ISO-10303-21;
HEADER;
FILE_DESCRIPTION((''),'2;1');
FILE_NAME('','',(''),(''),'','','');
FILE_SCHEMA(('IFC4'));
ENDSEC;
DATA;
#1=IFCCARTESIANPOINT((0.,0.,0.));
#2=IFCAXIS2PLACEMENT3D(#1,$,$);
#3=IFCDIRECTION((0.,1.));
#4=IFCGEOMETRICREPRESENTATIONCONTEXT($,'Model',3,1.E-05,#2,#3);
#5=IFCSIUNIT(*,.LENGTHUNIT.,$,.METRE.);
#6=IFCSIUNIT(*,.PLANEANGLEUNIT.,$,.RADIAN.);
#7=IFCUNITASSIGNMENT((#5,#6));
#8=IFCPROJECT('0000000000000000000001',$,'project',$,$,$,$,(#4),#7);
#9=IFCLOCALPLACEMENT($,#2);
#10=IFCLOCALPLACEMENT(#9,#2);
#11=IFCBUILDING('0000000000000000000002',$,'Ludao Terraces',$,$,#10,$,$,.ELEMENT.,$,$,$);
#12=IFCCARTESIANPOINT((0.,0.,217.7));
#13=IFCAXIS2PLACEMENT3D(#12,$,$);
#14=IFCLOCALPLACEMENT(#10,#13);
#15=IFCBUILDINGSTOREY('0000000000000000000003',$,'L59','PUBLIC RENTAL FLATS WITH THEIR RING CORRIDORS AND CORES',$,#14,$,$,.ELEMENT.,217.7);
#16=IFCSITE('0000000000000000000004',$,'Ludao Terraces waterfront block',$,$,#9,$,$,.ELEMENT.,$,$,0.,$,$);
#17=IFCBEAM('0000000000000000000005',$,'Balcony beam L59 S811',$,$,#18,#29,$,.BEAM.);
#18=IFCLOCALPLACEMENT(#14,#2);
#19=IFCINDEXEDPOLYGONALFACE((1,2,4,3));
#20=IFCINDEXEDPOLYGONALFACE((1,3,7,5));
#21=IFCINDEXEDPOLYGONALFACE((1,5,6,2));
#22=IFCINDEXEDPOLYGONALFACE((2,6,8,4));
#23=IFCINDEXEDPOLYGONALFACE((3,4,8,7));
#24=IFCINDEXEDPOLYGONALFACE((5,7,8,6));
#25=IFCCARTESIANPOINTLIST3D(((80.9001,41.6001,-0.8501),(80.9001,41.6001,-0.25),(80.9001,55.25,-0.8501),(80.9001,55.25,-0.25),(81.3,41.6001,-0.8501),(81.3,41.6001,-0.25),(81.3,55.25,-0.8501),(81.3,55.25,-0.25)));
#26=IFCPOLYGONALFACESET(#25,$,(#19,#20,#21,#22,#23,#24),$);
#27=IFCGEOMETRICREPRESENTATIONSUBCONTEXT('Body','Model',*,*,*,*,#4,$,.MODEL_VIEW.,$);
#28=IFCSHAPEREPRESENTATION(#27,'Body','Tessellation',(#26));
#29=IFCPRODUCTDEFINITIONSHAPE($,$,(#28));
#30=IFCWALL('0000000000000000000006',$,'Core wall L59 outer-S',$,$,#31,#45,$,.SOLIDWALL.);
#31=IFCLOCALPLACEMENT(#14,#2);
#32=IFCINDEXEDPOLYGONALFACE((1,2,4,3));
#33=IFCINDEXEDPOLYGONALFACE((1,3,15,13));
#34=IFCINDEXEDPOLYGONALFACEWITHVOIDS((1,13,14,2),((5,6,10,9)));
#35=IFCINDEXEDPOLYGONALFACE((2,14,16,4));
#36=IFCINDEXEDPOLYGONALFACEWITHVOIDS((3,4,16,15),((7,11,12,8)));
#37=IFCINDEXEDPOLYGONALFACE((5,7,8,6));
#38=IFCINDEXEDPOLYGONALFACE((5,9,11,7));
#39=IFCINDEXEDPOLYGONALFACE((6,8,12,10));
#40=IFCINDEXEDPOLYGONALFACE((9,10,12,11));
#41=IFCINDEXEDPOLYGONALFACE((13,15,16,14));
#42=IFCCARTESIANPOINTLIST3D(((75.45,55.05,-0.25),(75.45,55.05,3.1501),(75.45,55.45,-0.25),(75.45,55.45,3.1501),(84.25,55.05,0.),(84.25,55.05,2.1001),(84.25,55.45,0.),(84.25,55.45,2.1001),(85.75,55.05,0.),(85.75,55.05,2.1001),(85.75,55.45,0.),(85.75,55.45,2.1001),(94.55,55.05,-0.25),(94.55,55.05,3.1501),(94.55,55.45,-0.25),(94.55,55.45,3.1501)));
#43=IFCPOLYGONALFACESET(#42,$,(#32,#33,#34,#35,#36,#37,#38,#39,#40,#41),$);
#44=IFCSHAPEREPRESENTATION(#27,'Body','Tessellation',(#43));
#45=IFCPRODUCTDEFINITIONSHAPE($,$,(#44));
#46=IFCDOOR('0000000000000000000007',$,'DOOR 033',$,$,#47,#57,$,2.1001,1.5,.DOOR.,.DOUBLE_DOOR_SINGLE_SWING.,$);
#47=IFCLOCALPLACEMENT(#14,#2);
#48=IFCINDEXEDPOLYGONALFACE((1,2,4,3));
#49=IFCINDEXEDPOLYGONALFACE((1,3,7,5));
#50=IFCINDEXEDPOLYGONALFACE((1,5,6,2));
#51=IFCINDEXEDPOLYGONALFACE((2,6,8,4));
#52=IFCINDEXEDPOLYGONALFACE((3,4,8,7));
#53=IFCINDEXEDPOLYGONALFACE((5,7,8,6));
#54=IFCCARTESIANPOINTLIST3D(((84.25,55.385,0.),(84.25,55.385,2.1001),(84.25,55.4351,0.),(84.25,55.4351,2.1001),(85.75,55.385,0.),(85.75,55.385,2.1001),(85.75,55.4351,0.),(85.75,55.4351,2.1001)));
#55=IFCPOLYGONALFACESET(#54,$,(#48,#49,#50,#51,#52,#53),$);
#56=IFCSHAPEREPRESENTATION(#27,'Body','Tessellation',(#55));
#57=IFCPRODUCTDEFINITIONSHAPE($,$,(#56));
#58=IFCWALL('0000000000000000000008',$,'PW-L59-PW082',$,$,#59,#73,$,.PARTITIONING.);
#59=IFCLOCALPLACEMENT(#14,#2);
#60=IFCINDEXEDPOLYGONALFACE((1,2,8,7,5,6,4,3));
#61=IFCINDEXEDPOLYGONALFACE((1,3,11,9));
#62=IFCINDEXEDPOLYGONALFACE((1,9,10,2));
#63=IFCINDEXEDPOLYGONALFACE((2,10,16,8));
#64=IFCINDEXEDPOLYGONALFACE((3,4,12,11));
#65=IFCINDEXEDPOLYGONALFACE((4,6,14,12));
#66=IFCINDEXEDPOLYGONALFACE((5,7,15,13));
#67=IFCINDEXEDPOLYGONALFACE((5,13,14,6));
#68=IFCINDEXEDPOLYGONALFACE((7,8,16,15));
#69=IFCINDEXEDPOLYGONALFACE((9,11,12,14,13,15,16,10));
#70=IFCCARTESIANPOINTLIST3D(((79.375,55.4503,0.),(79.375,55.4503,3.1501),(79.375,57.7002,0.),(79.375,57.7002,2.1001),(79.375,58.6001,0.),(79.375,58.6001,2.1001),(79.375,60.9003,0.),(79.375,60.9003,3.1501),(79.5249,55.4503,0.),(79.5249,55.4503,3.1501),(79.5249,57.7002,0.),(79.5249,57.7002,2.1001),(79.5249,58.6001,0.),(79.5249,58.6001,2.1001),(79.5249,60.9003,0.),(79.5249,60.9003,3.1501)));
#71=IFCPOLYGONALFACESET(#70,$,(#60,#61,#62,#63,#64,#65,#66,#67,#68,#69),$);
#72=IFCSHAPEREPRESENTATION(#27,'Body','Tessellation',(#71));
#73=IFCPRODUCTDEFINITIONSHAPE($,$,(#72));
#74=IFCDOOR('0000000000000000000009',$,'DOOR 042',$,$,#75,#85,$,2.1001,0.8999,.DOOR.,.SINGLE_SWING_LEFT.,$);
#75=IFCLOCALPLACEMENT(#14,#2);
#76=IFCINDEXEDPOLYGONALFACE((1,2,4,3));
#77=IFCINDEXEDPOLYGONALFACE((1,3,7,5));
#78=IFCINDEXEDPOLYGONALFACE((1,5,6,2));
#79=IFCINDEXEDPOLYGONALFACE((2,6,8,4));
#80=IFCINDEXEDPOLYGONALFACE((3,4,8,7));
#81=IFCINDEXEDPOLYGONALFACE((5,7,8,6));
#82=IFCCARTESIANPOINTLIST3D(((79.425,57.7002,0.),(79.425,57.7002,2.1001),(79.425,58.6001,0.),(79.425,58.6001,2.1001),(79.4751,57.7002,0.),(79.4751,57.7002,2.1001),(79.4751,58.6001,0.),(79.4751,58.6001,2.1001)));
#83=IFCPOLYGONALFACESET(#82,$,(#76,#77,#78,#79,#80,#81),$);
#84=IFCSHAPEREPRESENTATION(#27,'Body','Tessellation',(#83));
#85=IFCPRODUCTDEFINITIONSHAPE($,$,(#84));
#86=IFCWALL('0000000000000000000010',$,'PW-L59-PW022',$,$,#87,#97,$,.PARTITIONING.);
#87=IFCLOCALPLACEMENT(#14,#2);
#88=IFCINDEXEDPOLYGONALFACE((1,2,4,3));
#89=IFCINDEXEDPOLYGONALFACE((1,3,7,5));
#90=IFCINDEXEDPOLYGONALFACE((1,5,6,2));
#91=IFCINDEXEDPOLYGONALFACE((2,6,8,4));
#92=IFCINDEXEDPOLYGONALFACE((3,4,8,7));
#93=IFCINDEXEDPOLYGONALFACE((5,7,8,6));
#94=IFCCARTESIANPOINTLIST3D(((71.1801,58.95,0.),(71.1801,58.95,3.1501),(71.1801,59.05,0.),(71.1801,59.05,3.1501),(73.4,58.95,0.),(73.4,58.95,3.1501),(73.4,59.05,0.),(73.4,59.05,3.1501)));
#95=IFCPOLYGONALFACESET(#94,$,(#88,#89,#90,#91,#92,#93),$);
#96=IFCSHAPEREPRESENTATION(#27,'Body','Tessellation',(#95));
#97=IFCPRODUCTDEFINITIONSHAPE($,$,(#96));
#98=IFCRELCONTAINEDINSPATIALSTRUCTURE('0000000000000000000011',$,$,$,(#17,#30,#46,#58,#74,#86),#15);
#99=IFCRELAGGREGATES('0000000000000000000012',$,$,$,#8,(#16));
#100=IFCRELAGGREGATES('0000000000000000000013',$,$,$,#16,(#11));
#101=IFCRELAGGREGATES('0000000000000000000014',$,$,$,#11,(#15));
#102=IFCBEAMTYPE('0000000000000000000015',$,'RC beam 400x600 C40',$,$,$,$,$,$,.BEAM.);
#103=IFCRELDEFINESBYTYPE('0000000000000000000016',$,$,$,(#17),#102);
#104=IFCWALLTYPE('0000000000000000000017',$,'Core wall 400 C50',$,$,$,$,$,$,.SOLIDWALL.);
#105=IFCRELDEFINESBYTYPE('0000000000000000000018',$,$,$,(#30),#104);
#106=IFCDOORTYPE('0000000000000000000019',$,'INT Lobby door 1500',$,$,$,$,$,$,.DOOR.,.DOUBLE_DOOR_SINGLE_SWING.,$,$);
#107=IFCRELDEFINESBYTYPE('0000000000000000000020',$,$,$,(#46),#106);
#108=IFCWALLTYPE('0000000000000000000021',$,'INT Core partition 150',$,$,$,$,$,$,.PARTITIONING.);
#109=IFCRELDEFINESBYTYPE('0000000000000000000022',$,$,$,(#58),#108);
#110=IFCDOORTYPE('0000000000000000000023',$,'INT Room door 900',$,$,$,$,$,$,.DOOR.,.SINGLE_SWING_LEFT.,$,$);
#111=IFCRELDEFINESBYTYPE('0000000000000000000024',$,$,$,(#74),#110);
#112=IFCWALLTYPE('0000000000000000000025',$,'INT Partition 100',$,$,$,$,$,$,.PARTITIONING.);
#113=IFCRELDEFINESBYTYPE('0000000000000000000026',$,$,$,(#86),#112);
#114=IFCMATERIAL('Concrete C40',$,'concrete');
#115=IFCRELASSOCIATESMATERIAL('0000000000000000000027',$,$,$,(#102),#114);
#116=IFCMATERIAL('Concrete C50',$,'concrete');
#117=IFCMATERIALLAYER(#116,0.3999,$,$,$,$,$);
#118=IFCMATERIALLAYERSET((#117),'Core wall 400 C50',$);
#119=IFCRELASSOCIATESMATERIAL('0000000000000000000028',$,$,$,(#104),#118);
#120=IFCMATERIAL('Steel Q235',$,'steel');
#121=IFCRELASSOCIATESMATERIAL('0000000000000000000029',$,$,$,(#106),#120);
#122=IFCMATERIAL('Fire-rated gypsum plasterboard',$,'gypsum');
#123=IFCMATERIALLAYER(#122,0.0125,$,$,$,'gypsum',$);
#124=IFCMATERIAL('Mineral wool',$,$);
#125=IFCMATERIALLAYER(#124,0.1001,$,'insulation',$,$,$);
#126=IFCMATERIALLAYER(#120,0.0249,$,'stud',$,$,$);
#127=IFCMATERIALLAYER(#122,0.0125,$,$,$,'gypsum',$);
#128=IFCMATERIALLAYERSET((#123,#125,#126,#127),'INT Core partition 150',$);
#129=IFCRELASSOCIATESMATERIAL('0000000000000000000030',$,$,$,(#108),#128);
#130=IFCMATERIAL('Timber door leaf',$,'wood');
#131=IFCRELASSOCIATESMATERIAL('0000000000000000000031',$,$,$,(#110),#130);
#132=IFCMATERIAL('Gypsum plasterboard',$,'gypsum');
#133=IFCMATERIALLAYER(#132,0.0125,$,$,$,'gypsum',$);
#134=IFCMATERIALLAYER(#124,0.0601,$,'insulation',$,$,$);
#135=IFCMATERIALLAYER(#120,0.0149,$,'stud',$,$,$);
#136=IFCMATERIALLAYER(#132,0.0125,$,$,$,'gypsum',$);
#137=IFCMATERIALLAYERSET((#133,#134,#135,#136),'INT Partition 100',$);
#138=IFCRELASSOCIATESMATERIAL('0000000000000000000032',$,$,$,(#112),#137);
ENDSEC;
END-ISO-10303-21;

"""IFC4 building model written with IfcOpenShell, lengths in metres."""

from ifc_helpers import new_model, si_unit, direction, frame, frame_2d, origin, origin_2d, place, context, subcontext, project, spatial, rectangle, extrude, material, layer, layer_set, material_profile, profile_set, type_object, element, fill, save


model = new_model("IFC4")

# Units and contexts
model_context = context("Model", 3, precision=1e-05, world=origin(), true_north=direction((0.0, 1.0)))
body_context = subcontext(model_context, "Body", "Model", "MODEL_VIEW")
ifc_project = project(units=[si_unit("LENGTHUNIT", "METRE"), si_unit("PLANEANGLEUNIT", "RADIAN")], contexts=[model_context])

# Site, building, storey
site_placement = place(None, origin())
site = spatial("IfcSite", under=ifc_project, at=site_placement, Name="Ludao Terraces waterfront block", CompositionType="ELEMENT", RefElevation=0.0)
building_placement = place(site_placement, origin())
building = spatial("IfcBuilding", under=site, at=building_placement, Name="Ludao Terraces", CompositionType="ELEMENT")
storey_placement = place(building_placement, frame((0.0, 0.0, 217.7)))
storey = spatial("IfcBuildingStorey", under=building, at=storey_placement, Name="L59", Description="PUBLIC RENTAL FLATS WITH THEIR RING CORRIDORS AND CORES", CompositionType="ELEMENT", Elevation=217.7)

# Beam
ifc_material_1 = material(Name="Concrete C40", Category="concrete")
ifc_material_profile = material_profile(ifc_material_1, rectangle(XDim=0.3999, YDim=0.6001, at=origin_2d()), Name="400 X 600")
ifc_profile_set = profile_set([ifc_material_profile], Name="Concrete C40")
beam_type = type_object("IfcBeamType", Name="RC beam 400x600 C40", PredefinedType="BEAM", material=ifc_profile_set)
beam_placement = place(storey_placement, frame((81.1001, 55.25, -0.55), z_axis=(0.0, -1.0, 0.0), x_axis=(1.0, 0.0, 0.0)))
element("IfcBeam", 1, at=beam_placement, inside=storey, type_object=beam_type, Name="Balcony beam L59 S811", PredefinedType="BEAM", context=body_context, shape_type="SweptSolid", body=[
    extrude(rectangle(XDim=0.3999, YDim=0.6001, at=origin_2d()), origin(), (0.0, 0.0, 1.0), 13.6499),
])

# Walls, openings, doors
ifc_material_2 = material(Name="Concrete C50", Category="concrete")
ifc_layer_1 = layer(ifc_material_2, 0.3999)
ifc_layer_set_1 = layer_set([ifc_layer_1], Name="Core wall 400 C50")
wall_type_1 = type_object("IfcWallType", Name="Core wall 400 C50", PredefinedType="SOLIDWALL", material=ifc_layer_set_1)
wall_1_placement = place(storey_placement, frame((75.45, 55.25, -0.25), z_axis=(0.0, 0.0, 1.0), x_axis=(1.0, 0.0, 0.0)))
wall_1 = element("IfcWall", 2, at=wall_1_placement, inside=storey, type_object=wall_type_1, Name="Core wall L59 outer-S", PredefinedType="SOLIDWALL", context=body_context, shape_type="SweptSolid", body=[
    extrude(rectangle(XDim=19.1001, YDim=0.3999, at=frame_2d((9.55, 0.0))), origin(), (0.0, 0.0, 1.0), 3.4001),
])
opening_1_placement = place(wall_1_placement, frame((8.8, 0.0, 0.25)))
opening_1 = element("IfcOpeningElement", 3, at=opening_1_placement, cuts=wall_1, PredefinedType="OPENING", context=body_context, shape_type="SweptSolid", body=[
    extrude(rectangle(XDim=1.5, YDim=2.1001, at=frame_2d((0.75, 1.05))), frame((0.0, 0.21, 0.0), z_axis=(0.0, -1.0, 0.0), x_axis=(1.0, 0.0, 0.0)), (0.0, 0.0, 1.0), 0.4199),
])
ifc_material_3 = material(Name="Steel Q235", Category="steel")
door_type_1 = type_object("IfcDoorType", Name="INT Lobby door 1500", OperationType="DOUBLE_DOOR_SINGLE_SWING", PredefinedType="DOOR", material=ifc_material_3)
door_1_placement = place(opening_1_placement, origin())
door_1 = element("IfcDoor", 4, at=door_1_placement, inside=storey, type_object=door_type_1, Name="DOOR 033", OperationType="DOUBLE_DOOR_SINGLE_SWING", OverallHeight=2.1001, OverallWidth=1.5, PredefinedType="DOOR", context=body_context, shape_type="SweptSolid", body=[
    extrude(rectangle(XDim=1.5, YDim=2.1001, at=frame_2d((0.75, 1.05))), frame((0.0, 0.1851, 0.0), z_axis=(0.0, -1.0, 0.0), x_axis=(1.0, 0.0, 0.0)), (0.0, 0.0, 1.0), 0.05),
])
fill(opening_1, door_1)
ifc_material_4 = material(Name="Fire-rated gypsum plasterboard", Category="gypsum")
ifc_layer_2 = layer(ifc_material_4, 0.0125, Category="gypsum")
ifc_material_5 = material(Name="Mineral wool")
ifc_layer_3 = layer(ifc_material_5, 0.1001, Name="insulation")
ifc_layer_4 = layer(ifc_material_3, 0.0249, Name="stud")
ifc_layer_5 = layer(ifc_material_4, 0.0125, Category="gypsum")
ifc_layer_set_2 = layer_set([ifc_layer_2, ifc_layer_3, ifc_layer_4, ifc_layer_5], Name="INT Core partition 150")
wall_type_2 = type_object("IfcWallType", Name="INT Core partition 150", PredefinedType="PARTITIONING", material=ifc_layer_set_2)
wall_2_placement = place(storey_placement, frame((79.45, 55.4502, 0.0), z_axis=(0.0, 0.0, 1.0), x_axis=(0.0, 1.0, 0.0)))
wall_2 = element("IfcWall", 5, at=wall_2_placement, inside=storey, type_object=wall_type_2, Name="PW-L59-PW082", PredefinedType="PARTITIONING", context=body_context, shape_type="SweptSolid", body=[
    extrude(rectangle(XDim=5.45, YDim=0.1499, at=frame_2d((2.7251, 0.0))), origin(), (0.0, 0.0, 1.0), 3.1501),
])
opening_2_placement = place(wall_2_placement, frame((2.25, 0.0, 0.0)))
opening_2 = element("IfcOpeningElement", 6, at=opening_2_placement, cuts=wall_2, PredefinedType="OPENING", context=body_context, shape_type="SweptSolid", body=[
    extrude(rectangle(XDim=0.8999, YDim=2.1001, at=frame_2d((0.45, 1.05))), frame((0.0, 0.085, 0.0), z_axis=(0.0, -1.0, 0.0), x_axis=(1.0, 0.0, 0.0)), (0.0, 0.0, 1.0), 0.1699),
])
ifc_material_6 = material(Name="Timber door leaf", Category="wood")
door_type_2 = type_object("IfcDoorType", Name="INT Room door 900", OperationType="SINGLE_SWING_LEFT", PredefinedType="DOOR", material=ifc_material_6)
door_2_placement = place(opening_2_placement, origin())
door_2 = element("IfcDoor", 7, at=door_2_placement, inside=storey, type_object=door_type_2, Name="DOOR 042", OperationType="SINGLE_SWING_LEFT", OverallHeight=2.1001, OverallWidth=0.8999, PredefinedType="DOOR", context=body_context, shape_type="SweptSolid", body=[
    extrude(rectangle(XDim=0.8999, YDim=2.1001, at=frame_2d((0.45, 1.05))), frame((0.0, 0.0249, 0.0), z_axis=(0.0, -1.0, 0.0), x_axis=(1.0, 0.0, 0.0)), (0.0, 0.0, 1.0), 0.05),
])
fill(opening_2, door_2)

# Wall
ifc_material_7 = material(Name="Gypsum plasterboard", Category="gypsum")
ifc_layer_6 = layer(ifc_material_7, 0.0125, Category="gypsum")
ifc_layer_7 = layer(ifc_material_5, 0.0601, Name="insulation")
ifc_layer_8 = layer(ifc_material_3, 0.0149, Name="stud")
ifc_layer_9 = layer(ifc_material_7, 0.0125, Category="gypsum")
ifc_layer_set_3 = layer_set([ifc_layer_6, ifc_layer_7, ifc_layer_8, ifc_layer_9], Name="INT Partition 100")
wall_type_3 = type_object("IfcWallType", Name="INT Partition 100", PredefinedType="PARTITIONING", material=ifc_layer_set_3)
wall_3_placement = place(storey_placement, frame((71.1802, 59.0, 0.0), z_axis=(0.0, 0.0, 1.0), x_axis=(1.0, 0.0, 0.0)))
element("IfcWall", 8, at=wall_3_placement, inside=storey, type_object=wall_type_3, Name="PW-L59-PW022", PredefinedType="PARTITIONING", context=body_context, shape_type="SweptSolid", body=[
    extrude(rectangle(XDim=2.22, YDim=0.1001, at=frame_2d((1.1099, 0.0))), origin(), (0.0, 0.0, 1.0), 3.1501),
])

save(model, "model.ifc")
